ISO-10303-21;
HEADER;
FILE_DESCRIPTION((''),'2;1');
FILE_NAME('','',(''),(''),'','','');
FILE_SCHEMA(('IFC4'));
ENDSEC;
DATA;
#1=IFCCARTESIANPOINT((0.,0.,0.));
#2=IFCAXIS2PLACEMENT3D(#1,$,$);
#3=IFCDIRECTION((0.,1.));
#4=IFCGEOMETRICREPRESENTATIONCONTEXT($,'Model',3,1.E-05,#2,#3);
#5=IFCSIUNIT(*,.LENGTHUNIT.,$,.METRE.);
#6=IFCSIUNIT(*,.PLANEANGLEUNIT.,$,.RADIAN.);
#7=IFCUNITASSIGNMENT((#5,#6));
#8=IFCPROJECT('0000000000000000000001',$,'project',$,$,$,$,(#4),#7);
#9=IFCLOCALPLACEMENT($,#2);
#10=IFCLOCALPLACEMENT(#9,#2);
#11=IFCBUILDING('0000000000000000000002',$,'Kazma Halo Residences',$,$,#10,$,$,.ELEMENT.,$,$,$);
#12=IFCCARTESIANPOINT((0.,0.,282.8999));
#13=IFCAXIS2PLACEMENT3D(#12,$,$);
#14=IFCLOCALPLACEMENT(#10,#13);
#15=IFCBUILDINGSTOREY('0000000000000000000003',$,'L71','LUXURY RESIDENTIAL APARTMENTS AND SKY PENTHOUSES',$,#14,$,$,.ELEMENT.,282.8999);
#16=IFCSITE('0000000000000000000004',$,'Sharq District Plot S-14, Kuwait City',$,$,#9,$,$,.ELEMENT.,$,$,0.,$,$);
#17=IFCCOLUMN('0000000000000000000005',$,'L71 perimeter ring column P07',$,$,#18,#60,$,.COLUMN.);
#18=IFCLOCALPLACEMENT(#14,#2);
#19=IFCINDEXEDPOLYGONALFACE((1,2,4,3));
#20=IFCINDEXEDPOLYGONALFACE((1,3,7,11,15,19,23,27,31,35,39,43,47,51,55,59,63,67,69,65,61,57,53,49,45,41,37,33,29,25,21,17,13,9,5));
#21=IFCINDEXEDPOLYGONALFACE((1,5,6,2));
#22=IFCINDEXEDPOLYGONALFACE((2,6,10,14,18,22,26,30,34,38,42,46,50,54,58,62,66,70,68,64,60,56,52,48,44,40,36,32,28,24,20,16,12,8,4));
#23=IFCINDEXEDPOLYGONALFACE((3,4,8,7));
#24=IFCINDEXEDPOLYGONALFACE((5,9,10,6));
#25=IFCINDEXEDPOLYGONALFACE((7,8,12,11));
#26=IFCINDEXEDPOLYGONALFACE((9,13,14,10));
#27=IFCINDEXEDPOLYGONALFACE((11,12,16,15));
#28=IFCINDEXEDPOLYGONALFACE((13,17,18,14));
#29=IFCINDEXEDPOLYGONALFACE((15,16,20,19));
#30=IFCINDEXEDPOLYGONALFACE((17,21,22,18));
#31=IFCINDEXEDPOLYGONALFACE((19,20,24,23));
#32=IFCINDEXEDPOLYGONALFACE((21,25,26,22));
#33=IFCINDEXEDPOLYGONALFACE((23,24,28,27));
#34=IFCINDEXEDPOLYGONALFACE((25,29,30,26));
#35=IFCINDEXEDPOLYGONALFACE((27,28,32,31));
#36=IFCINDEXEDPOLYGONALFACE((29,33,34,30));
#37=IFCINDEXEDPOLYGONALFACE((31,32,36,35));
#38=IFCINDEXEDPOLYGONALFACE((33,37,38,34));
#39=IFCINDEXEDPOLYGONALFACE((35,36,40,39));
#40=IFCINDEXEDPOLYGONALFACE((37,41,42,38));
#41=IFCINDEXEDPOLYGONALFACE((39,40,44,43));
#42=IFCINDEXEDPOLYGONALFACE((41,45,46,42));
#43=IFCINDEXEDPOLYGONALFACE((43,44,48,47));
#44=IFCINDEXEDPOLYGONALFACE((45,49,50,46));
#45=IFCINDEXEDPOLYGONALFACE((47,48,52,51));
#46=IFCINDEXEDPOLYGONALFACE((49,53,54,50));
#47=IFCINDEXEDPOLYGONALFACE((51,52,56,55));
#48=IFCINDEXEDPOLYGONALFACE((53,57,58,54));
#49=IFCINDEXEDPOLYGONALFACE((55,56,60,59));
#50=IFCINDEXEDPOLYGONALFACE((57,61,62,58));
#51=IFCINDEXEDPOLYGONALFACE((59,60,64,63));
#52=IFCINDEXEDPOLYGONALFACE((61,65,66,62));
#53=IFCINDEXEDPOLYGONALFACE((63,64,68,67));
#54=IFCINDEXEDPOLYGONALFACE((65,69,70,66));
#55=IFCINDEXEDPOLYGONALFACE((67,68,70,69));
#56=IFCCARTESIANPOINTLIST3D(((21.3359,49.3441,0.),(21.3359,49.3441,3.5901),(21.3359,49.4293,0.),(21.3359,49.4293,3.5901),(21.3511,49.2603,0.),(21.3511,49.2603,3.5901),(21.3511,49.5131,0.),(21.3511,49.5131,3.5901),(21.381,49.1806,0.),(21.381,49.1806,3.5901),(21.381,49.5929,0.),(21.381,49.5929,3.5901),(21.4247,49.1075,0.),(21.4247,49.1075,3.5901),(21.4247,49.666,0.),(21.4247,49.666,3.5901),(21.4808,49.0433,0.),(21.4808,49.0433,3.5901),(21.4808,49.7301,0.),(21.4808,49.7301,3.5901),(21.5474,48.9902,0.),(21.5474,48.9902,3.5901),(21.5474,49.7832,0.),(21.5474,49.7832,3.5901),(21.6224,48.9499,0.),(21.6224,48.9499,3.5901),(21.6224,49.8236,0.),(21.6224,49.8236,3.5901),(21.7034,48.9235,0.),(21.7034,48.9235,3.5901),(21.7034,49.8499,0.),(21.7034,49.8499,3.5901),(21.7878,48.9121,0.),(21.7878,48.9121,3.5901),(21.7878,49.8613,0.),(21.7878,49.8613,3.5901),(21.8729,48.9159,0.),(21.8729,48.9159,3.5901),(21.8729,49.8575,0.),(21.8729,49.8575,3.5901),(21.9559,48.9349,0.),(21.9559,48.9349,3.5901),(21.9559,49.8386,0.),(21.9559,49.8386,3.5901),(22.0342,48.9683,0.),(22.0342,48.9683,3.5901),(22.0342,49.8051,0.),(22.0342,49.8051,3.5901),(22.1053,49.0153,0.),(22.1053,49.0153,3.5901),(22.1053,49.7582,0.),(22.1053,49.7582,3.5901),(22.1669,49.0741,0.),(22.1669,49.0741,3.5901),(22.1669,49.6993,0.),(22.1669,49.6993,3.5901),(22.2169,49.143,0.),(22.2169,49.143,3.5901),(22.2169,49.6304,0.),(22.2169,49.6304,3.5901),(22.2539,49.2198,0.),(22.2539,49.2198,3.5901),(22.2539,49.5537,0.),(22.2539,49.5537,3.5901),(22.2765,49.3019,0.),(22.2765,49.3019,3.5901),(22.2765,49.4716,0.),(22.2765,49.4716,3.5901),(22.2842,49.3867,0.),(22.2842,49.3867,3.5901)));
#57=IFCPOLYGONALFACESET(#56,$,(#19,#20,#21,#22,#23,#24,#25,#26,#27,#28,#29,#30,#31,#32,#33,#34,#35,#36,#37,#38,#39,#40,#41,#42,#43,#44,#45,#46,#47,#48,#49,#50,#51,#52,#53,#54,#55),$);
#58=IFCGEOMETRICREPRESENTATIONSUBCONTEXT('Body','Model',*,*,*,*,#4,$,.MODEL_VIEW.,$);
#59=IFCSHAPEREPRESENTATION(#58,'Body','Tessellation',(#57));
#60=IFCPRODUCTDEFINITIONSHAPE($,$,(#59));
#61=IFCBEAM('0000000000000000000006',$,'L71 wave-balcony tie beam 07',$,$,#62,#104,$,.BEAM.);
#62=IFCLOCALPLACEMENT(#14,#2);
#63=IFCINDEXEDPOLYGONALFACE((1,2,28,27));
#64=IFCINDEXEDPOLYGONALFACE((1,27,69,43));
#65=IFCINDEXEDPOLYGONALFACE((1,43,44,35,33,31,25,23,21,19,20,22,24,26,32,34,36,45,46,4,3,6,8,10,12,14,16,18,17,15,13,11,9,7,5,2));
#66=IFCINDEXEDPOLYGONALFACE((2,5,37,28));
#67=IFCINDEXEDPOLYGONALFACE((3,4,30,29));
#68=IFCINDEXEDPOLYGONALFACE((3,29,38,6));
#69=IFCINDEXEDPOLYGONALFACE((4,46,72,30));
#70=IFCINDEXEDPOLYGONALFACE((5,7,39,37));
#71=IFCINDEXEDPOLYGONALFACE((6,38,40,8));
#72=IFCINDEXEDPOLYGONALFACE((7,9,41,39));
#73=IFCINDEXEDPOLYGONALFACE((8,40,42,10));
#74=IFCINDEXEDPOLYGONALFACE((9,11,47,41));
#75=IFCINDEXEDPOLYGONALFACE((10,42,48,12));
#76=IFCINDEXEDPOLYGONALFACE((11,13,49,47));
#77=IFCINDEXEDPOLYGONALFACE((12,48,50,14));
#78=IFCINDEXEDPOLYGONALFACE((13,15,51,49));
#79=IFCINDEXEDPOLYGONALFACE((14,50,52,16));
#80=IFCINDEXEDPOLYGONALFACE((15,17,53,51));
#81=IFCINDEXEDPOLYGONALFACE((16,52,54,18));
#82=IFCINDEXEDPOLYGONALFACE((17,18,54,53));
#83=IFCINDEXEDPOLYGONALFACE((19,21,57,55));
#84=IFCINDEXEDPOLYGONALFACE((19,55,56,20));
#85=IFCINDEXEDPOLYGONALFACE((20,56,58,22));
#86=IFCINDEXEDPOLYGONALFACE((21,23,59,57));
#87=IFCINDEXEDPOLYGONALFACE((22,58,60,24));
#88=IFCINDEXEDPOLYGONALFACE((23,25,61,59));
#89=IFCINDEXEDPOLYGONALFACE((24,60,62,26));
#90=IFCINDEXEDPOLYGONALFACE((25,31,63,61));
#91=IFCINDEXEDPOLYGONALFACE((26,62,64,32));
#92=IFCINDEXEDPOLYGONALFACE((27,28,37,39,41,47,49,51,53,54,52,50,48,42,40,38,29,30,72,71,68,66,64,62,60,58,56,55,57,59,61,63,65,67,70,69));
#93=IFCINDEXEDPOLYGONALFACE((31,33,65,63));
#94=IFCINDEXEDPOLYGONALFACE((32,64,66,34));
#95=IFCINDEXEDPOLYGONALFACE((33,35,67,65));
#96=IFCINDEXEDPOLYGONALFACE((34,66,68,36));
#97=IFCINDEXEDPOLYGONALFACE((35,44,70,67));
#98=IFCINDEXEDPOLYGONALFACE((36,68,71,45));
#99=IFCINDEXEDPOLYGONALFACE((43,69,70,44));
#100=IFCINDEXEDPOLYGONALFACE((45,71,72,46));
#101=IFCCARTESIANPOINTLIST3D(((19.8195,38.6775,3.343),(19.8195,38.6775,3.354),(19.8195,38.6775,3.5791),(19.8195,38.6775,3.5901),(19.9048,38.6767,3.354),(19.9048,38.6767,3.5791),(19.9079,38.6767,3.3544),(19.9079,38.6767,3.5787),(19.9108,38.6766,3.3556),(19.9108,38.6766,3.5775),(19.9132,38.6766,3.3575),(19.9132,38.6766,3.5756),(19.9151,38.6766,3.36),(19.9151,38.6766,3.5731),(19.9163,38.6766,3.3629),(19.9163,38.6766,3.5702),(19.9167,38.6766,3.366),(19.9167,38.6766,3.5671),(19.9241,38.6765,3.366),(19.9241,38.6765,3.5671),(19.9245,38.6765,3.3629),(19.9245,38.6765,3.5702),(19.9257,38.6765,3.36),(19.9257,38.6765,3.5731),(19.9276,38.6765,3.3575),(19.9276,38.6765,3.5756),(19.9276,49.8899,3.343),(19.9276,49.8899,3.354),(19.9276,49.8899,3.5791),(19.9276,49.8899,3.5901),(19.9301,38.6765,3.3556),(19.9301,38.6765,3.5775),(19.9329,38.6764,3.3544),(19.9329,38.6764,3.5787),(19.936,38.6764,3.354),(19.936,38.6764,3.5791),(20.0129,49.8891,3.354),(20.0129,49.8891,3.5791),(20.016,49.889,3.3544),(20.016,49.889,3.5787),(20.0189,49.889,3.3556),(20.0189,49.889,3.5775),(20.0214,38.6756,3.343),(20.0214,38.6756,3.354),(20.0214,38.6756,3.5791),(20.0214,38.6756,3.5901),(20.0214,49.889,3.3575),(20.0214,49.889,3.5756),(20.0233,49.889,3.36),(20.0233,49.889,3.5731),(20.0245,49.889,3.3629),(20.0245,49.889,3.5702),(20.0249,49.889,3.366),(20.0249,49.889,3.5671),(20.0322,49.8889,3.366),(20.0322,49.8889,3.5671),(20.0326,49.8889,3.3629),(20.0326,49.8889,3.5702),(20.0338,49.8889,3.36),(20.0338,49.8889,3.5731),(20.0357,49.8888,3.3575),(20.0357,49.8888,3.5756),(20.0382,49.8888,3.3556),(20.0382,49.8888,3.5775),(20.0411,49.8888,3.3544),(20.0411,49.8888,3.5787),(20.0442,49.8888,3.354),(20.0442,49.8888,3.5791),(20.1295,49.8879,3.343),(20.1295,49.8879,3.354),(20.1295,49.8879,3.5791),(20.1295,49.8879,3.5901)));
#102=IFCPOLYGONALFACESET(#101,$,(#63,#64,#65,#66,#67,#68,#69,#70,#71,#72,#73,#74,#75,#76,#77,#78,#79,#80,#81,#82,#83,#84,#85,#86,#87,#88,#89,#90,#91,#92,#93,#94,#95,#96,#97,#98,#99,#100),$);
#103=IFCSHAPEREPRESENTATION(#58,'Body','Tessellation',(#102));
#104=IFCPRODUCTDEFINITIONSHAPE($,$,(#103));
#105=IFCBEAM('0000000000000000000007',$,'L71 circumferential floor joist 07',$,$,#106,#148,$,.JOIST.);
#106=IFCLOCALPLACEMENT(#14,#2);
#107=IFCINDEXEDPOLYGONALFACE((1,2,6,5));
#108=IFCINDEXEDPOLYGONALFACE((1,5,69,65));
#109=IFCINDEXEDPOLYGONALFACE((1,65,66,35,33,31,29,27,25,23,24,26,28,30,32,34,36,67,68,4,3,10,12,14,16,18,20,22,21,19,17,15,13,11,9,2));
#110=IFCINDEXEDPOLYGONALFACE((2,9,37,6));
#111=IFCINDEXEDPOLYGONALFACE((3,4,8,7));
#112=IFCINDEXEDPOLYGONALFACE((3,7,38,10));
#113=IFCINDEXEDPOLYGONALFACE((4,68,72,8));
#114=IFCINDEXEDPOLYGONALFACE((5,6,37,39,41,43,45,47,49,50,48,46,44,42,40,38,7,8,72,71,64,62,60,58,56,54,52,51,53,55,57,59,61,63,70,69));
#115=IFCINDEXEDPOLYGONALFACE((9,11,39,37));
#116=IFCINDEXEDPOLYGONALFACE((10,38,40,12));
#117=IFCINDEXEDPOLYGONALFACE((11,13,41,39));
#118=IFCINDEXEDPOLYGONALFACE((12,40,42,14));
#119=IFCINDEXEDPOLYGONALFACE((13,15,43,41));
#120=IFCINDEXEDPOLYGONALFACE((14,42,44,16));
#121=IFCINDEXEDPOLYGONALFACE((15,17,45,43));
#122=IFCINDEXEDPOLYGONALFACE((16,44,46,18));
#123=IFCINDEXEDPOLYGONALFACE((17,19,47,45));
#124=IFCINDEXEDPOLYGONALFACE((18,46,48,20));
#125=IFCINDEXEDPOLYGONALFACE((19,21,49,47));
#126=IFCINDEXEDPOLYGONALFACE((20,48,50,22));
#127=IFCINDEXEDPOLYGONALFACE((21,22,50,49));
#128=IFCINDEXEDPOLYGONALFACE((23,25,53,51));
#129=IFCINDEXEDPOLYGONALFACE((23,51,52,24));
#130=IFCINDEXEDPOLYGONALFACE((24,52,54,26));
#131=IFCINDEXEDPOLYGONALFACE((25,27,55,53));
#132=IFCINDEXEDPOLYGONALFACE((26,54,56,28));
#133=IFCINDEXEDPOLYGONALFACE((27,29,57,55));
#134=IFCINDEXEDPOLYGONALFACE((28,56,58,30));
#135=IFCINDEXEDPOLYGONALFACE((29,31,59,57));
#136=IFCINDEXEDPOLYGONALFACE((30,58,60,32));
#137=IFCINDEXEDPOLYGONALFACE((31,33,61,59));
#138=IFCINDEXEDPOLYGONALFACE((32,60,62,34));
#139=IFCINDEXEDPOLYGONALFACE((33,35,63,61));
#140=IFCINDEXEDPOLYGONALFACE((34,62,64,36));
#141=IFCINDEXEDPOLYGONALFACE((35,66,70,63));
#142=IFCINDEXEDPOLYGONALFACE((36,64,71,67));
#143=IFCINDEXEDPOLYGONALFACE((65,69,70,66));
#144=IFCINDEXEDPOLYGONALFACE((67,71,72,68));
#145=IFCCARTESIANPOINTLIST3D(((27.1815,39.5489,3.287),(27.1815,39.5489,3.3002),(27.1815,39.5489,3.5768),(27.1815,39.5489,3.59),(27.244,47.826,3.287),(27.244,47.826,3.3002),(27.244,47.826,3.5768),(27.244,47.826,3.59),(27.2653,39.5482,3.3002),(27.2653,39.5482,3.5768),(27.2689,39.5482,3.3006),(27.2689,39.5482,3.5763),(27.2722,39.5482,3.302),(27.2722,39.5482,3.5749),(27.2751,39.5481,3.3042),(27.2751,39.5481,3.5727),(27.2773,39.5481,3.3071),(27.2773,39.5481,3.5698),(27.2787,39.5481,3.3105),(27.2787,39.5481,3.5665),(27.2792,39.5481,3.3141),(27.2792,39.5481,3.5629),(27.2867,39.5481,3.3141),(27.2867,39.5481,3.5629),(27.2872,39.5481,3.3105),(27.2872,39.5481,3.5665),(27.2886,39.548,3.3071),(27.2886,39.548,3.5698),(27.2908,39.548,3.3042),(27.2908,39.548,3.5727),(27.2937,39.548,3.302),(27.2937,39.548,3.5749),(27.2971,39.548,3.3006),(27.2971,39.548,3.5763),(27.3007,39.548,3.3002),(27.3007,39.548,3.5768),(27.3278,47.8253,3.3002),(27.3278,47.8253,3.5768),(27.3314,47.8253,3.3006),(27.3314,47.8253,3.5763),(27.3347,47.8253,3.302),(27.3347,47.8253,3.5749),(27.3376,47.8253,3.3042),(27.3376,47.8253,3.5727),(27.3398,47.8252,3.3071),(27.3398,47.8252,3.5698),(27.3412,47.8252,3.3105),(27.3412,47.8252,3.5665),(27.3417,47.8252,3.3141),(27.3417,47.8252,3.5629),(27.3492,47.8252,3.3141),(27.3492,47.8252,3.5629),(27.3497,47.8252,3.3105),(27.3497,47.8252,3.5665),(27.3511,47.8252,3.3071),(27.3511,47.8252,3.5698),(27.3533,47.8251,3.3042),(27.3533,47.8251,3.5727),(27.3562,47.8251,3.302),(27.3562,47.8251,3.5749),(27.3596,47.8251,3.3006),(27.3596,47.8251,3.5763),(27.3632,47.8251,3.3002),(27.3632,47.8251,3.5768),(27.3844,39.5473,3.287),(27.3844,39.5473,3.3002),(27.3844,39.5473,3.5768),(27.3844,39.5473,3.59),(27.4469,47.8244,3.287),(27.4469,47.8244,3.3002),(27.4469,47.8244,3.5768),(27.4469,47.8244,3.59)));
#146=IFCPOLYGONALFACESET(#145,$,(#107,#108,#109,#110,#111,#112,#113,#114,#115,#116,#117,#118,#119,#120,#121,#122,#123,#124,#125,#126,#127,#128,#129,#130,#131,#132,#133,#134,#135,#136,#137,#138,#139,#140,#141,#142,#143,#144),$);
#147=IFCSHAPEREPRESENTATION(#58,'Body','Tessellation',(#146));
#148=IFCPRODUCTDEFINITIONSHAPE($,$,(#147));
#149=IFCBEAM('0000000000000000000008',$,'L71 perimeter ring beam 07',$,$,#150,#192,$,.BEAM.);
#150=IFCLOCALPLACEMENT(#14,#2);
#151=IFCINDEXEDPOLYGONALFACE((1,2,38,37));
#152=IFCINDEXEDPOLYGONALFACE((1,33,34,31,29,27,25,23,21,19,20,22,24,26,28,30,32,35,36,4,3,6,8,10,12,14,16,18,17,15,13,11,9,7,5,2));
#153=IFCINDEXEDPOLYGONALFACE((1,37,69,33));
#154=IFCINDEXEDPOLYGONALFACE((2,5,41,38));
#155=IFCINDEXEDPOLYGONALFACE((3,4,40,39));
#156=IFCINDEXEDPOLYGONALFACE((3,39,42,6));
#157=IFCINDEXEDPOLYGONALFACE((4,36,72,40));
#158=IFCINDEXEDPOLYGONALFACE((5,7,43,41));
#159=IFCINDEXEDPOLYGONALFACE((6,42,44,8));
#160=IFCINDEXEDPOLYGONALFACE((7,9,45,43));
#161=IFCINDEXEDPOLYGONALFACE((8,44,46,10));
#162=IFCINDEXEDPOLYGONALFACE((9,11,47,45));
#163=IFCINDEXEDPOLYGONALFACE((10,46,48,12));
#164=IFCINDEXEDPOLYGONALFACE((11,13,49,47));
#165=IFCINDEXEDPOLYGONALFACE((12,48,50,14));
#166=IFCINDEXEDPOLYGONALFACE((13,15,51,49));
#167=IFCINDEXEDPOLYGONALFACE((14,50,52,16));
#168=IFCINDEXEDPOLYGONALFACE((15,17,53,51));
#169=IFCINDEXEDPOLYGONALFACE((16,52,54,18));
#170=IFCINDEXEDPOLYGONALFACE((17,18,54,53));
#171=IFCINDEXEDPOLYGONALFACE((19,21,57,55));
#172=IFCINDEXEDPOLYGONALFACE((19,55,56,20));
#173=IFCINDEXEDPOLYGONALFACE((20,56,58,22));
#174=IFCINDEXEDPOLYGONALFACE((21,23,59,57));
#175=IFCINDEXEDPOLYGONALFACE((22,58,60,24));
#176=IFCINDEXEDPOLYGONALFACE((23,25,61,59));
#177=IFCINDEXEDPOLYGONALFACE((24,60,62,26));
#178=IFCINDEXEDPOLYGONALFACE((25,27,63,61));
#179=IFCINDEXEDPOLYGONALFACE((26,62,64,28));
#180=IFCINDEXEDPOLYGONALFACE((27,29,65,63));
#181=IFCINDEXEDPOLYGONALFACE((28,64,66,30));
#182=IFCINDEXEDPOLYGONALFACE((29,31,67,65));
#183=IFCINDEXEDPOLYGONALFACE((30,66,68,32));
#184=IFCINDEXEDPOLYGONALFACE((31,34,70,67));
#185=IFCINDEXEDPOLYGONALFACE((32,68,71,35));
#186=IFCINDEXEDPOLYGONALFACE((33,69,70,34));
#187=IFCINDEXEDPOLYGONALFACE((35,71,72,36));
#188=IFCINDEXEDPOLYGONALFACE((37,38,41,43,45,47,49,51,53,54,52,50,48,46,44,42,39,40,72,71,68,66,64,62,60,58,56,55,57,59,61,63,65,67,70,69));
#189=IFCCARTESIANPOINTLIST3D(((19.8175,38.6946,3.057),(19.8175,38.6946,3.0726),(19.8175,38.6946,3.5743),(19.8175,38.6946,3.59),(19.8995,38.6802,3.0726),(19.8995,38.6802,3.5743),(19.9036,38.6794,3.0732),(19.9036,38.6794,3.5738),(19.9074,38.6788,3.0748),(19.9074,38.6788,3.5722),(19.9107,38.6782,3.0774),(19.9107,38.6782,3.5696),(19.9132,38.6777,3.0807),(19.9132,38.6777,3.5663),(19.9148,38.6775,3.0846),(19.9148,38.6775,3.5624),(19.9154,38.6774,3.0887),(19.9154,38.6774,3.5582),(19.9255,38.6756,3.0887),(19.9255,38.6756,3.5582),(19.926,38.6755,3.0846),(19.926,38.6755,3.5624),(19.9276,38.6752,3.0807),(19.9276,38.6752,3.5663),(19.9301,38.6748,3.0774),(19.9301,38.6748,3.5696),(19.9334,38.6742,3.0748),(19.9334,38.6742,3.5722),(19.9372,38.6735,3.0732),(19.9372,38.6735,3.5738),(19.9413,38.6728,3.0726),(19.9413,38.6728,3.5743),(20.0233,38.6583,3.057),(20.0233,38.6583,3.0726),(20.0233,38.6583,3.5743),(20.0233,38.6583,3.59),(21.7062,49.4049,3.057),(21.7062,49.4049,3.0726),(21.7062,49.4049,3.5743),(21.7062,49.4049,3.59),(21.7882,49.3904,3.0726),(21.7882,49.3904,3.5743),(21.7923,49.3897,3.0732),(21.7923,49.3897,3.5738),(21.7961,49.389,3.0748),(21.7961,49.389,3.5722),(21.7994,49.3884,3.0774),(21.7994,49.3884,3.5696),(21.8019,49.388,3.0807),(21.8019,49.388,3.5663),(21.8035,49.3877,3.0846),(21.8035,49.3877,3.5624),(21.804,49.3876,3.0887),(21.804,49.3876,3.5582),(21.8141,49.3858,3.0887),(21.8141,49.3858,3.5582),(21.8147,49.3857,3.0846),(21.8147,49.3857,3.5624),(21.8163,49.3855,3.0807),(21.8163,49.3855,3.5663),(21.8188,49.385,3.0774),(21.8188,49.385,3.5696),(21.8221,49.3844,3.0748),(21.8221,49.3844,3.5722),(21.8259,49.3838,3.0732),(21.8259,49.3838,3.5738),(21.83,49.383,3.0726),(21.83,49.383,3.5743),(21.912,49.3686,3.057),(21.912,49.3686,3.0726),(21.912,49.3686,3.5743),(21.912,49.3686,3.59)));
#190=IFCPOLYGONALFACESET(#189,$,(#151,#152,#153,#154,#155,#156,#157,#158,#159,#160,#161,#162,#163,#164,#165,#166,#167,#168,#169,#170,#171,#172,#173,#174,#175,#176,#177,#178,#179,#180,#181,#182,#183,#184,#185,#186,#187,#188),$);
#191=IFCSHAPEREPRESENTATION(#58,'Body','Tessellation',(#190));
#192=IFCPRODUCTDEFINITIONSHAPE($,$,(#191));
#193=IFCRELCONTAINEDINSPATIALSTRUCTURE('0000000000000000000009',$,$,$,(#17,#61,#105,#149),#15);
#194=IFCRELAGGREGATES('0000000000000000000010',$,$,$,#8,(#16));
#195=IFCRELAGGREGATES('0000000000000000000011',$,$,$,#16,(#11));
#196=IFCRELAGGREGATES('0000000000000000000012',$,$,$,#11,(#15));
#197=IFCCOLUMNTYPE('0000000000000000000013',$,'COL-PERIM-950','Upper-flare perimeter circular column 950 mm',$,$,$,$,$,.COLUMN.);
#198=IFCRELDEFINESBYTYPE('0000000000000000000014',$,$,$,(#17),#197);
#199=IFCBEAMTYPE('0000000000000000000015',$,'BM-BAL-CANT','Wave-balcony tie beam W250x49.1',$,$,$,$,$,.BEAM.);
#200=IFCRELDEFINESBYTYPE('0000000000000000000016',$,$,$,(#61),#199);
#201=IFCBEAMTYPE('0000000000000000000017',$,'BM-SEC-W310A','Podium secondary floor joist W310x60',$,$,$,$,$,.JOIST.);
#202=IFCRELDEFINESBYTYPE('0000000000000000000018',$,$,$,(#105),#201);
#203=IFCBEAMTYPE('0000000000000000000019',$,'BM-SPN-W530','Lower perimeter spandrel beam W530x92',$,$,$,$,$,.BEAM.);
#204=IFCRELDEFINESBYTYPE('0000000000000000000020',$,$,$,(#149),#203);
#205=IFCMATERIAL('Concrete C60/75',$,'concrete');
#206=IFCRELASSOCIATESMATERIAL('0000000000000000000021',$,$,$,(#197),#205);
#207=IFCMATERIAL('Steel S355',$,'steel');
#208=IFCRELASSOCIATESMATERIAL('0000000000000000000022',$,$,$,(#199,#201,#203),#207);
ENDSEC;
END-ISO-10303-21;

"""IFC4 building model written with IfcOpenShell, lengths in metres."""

from ifc_helpers import new_model, si_unit, direction, frame, origin, origin_2d, place, context, subcontext, project, spatial, circle, i_section, extrude, material, material_profile, profile_set, type_object, element, save


model = new_model("IFC4")

# Units and contexts
model_context = context("Model", 3, precision=1e-05, world=origin(), true_north=direction((0.0, 1.0)))
body_context = subcontext(model_context, "Body", "Model", "MODEL_VIEW")
ifc_project = project(units=[si_unit("LENGTHUNIT", "METRE"), si_unit("PLANEANGLEUNIT", "RADIAN")], contexts=[model_context])

# Site, building, storey
site_placement = place(None, origin())
site = spatial("IfcSite", under=ifc_project, at=site_placement, Name="Sharq District Plot S-14, Kuwait City", CompositionType="ELEMENT", RefElevation=0.0)
building_placement = place(site_placement, origin())
building = spatial("IfcBuilding", under=site, at=building_placement, Name="Kazma Halo Residences", CompositionType="ELEMENT")
storey_placement = place(building_placement, frame((0.0, 0.0, 282.8999)))
storey = spatial("IfcBuildingStorey", under=building, at=storey_placement, Name="L71", Description="LUXURY RESIDENTIAL APARTMENTS AND SKY PENTHOUSES", CompositionType="ELEMENT", Elevation=282.8999)

# Column
ifc_material_1 = material(Name="Concrete C60/75", Category="concrete")
ifc_material_profile_1 = material_profile(ifc_material_1, circle(Radius=0.4751, at=origin_2d()), Name="CIRC950")
ifc_profile_set_1 = profile_set([ifc_material_profile_1], Name="Concrete C60/75")
column_type = type_object("IfcColumnType", Name="COL-PERIM-950", Description="Upper-flare perimeter circular column 950 mm", PredefinedType="COLUMN", material=ifc_profile_set_1)
column_placement = place(storey_placement, frame((21.8091, 49.3867, 0.0), z_axis=(0.0, 0.0, 1.0), x_axis=(1.0, 0.0, 0.0)))
element("IfcColumn", 1, at=column_placement, inside=storey, type_object=column_type, Name="L71 perimeter ring column P07", PredefinedType="COLUMN", context=body_context, shape_type="SweptSolid", body=[
    extrude(circle(Radius=0.4751, at=origin_2d()), origin(), (0.0, 0.0, 1.0), 3.5901),
])

# Beams
ifc_material_2 = material(Name="Steel S355", Category="steel")
ifc_material_profile_2 = material_profile(ifc_material_2, i_section(OverallWidth=0.2019, OverallDepth=0.2471, WebThickness=0.0073, FlangeThickness=0.011, FilletRadius=0.012, at=origin_2d()), Name="W250x49.1")
ifc_profile_set_2 = profile_set([ifc_material_profile_2], Name="Steel S355")
beam_type_1 = type_object("IfcBeamType", Name="BM-BAL-CANT", Description="Wave-balcony tie beam W250x49.1", PredefinedType="BEAM", material=ifc_profile_set_2)
beam_1_placement = place(storey_placement, frame((20.0286, 49.8889, 3.4666), z_axis=(-0.009646, -0.999953, 0.0), x_axis=(0.999953, -0.009646, 0.0)))
element("IfcBeam", 2, at=beam_1_placement, inside=storey, type_object=beam_type_1, Name="L71 wave-balcony tie beam 07", PredefinedType="BEAM", context=body_context, shape_type="SweptSolid", body=[
    extrude(i_section(OverallWidth=0.2019, OverallDepth=0.2471, WebThickness=0.0073, FlangeThickness=0.011, FilletRadius=0.012, at=origin_2d()), origin(), (0.0, 0.0, 1.0), 11.2129),
])
ifc_material_profile_3 = material_profile(ifc_material_2, i_section(OverallWidth=0.2029, OverallDepth=0.303, WebThickness=0.0076, FlangeThickness=0.0132, FilletRadius=0.0139, at=origin_2d()), Name="W310x60")
ifc_profile_set_3 = profile_set([ifc_material_profile_3], Name="Steel S355")
beam_type_2 = type_object("IfcBeamType", Name="BM-SEC-W310A", Description="Podium secondary floor joist W310x60", PredefinedType="JOIST", material=ifc_profile_set_3)
beam_2_placement = place(storey_placement, frame((27.3455, 47.8252, 3.4385), z_axis=(-0.007551, -0.999971, 0.0), x_axis=(0.999971, -0.007551, 0.0)))
element("IfcBeam", 3, at=beam_2_placement, inside=storey, type_object=beam_type_2, Name="L71 circumferential floor joist 07", PredefinedType="JOIST", context=body_context, shape_type="SweptSolid", body=[
    extrude(i_section(OverallWidth=0.2029, OverallDepth=0.303, WebThickness=0.0076, FlangeThickness=0.0132, FilletRadius=0.0139, at=origin_2d()), origin(), (0.0, 0.0, 1.0), 8.2773),
])
ifc_material_profile_4 = material_profile(ifc_material_2, i_section(OverallWidth=0.209, OverallDepth=0.533, WebThickness=0.0103, FlangeThickness=0.0156, FilletRadius=0.0161, at=origin_2d()), Name="W530x92")
ifc_profile_set_4 = profile_set([ifc_material_profile_4], Name="Steel S355")
beam_type_3 = type_object("IfcBeamType", Name="BM-SPN-W530", Description="Lower perimeter spandrel beam W530x92", PredefinedType="BEAM", material=ifc_profile_set_4)
beam_3_placement = place(storey_placement, frame((21.8091, 49.3867, 3.3235), z_axis=(-0.173664, -0.984805, 0.0), x_axis=(0.984805, -0.173664, 0.0)))
element("IfcBeam", 4, at=beam_3_placement, inside=storey, type_object=beam_type_3, Name="L71 perimeter ring beam 07", PredefinedType="BEAM", context=body_context, shape_type="SweptSolid", body=[
    extrude(i_section(OverallWidth=0.209, OverallDepth=0.533, WebThickness=0.0103, FlangeThickness=0.0156, FilletRadius=0.0161, at=origin_2d()), origin(), (0.0, 0.0, 1.0), 10.8755),
])

save(model, "model.ifc")
